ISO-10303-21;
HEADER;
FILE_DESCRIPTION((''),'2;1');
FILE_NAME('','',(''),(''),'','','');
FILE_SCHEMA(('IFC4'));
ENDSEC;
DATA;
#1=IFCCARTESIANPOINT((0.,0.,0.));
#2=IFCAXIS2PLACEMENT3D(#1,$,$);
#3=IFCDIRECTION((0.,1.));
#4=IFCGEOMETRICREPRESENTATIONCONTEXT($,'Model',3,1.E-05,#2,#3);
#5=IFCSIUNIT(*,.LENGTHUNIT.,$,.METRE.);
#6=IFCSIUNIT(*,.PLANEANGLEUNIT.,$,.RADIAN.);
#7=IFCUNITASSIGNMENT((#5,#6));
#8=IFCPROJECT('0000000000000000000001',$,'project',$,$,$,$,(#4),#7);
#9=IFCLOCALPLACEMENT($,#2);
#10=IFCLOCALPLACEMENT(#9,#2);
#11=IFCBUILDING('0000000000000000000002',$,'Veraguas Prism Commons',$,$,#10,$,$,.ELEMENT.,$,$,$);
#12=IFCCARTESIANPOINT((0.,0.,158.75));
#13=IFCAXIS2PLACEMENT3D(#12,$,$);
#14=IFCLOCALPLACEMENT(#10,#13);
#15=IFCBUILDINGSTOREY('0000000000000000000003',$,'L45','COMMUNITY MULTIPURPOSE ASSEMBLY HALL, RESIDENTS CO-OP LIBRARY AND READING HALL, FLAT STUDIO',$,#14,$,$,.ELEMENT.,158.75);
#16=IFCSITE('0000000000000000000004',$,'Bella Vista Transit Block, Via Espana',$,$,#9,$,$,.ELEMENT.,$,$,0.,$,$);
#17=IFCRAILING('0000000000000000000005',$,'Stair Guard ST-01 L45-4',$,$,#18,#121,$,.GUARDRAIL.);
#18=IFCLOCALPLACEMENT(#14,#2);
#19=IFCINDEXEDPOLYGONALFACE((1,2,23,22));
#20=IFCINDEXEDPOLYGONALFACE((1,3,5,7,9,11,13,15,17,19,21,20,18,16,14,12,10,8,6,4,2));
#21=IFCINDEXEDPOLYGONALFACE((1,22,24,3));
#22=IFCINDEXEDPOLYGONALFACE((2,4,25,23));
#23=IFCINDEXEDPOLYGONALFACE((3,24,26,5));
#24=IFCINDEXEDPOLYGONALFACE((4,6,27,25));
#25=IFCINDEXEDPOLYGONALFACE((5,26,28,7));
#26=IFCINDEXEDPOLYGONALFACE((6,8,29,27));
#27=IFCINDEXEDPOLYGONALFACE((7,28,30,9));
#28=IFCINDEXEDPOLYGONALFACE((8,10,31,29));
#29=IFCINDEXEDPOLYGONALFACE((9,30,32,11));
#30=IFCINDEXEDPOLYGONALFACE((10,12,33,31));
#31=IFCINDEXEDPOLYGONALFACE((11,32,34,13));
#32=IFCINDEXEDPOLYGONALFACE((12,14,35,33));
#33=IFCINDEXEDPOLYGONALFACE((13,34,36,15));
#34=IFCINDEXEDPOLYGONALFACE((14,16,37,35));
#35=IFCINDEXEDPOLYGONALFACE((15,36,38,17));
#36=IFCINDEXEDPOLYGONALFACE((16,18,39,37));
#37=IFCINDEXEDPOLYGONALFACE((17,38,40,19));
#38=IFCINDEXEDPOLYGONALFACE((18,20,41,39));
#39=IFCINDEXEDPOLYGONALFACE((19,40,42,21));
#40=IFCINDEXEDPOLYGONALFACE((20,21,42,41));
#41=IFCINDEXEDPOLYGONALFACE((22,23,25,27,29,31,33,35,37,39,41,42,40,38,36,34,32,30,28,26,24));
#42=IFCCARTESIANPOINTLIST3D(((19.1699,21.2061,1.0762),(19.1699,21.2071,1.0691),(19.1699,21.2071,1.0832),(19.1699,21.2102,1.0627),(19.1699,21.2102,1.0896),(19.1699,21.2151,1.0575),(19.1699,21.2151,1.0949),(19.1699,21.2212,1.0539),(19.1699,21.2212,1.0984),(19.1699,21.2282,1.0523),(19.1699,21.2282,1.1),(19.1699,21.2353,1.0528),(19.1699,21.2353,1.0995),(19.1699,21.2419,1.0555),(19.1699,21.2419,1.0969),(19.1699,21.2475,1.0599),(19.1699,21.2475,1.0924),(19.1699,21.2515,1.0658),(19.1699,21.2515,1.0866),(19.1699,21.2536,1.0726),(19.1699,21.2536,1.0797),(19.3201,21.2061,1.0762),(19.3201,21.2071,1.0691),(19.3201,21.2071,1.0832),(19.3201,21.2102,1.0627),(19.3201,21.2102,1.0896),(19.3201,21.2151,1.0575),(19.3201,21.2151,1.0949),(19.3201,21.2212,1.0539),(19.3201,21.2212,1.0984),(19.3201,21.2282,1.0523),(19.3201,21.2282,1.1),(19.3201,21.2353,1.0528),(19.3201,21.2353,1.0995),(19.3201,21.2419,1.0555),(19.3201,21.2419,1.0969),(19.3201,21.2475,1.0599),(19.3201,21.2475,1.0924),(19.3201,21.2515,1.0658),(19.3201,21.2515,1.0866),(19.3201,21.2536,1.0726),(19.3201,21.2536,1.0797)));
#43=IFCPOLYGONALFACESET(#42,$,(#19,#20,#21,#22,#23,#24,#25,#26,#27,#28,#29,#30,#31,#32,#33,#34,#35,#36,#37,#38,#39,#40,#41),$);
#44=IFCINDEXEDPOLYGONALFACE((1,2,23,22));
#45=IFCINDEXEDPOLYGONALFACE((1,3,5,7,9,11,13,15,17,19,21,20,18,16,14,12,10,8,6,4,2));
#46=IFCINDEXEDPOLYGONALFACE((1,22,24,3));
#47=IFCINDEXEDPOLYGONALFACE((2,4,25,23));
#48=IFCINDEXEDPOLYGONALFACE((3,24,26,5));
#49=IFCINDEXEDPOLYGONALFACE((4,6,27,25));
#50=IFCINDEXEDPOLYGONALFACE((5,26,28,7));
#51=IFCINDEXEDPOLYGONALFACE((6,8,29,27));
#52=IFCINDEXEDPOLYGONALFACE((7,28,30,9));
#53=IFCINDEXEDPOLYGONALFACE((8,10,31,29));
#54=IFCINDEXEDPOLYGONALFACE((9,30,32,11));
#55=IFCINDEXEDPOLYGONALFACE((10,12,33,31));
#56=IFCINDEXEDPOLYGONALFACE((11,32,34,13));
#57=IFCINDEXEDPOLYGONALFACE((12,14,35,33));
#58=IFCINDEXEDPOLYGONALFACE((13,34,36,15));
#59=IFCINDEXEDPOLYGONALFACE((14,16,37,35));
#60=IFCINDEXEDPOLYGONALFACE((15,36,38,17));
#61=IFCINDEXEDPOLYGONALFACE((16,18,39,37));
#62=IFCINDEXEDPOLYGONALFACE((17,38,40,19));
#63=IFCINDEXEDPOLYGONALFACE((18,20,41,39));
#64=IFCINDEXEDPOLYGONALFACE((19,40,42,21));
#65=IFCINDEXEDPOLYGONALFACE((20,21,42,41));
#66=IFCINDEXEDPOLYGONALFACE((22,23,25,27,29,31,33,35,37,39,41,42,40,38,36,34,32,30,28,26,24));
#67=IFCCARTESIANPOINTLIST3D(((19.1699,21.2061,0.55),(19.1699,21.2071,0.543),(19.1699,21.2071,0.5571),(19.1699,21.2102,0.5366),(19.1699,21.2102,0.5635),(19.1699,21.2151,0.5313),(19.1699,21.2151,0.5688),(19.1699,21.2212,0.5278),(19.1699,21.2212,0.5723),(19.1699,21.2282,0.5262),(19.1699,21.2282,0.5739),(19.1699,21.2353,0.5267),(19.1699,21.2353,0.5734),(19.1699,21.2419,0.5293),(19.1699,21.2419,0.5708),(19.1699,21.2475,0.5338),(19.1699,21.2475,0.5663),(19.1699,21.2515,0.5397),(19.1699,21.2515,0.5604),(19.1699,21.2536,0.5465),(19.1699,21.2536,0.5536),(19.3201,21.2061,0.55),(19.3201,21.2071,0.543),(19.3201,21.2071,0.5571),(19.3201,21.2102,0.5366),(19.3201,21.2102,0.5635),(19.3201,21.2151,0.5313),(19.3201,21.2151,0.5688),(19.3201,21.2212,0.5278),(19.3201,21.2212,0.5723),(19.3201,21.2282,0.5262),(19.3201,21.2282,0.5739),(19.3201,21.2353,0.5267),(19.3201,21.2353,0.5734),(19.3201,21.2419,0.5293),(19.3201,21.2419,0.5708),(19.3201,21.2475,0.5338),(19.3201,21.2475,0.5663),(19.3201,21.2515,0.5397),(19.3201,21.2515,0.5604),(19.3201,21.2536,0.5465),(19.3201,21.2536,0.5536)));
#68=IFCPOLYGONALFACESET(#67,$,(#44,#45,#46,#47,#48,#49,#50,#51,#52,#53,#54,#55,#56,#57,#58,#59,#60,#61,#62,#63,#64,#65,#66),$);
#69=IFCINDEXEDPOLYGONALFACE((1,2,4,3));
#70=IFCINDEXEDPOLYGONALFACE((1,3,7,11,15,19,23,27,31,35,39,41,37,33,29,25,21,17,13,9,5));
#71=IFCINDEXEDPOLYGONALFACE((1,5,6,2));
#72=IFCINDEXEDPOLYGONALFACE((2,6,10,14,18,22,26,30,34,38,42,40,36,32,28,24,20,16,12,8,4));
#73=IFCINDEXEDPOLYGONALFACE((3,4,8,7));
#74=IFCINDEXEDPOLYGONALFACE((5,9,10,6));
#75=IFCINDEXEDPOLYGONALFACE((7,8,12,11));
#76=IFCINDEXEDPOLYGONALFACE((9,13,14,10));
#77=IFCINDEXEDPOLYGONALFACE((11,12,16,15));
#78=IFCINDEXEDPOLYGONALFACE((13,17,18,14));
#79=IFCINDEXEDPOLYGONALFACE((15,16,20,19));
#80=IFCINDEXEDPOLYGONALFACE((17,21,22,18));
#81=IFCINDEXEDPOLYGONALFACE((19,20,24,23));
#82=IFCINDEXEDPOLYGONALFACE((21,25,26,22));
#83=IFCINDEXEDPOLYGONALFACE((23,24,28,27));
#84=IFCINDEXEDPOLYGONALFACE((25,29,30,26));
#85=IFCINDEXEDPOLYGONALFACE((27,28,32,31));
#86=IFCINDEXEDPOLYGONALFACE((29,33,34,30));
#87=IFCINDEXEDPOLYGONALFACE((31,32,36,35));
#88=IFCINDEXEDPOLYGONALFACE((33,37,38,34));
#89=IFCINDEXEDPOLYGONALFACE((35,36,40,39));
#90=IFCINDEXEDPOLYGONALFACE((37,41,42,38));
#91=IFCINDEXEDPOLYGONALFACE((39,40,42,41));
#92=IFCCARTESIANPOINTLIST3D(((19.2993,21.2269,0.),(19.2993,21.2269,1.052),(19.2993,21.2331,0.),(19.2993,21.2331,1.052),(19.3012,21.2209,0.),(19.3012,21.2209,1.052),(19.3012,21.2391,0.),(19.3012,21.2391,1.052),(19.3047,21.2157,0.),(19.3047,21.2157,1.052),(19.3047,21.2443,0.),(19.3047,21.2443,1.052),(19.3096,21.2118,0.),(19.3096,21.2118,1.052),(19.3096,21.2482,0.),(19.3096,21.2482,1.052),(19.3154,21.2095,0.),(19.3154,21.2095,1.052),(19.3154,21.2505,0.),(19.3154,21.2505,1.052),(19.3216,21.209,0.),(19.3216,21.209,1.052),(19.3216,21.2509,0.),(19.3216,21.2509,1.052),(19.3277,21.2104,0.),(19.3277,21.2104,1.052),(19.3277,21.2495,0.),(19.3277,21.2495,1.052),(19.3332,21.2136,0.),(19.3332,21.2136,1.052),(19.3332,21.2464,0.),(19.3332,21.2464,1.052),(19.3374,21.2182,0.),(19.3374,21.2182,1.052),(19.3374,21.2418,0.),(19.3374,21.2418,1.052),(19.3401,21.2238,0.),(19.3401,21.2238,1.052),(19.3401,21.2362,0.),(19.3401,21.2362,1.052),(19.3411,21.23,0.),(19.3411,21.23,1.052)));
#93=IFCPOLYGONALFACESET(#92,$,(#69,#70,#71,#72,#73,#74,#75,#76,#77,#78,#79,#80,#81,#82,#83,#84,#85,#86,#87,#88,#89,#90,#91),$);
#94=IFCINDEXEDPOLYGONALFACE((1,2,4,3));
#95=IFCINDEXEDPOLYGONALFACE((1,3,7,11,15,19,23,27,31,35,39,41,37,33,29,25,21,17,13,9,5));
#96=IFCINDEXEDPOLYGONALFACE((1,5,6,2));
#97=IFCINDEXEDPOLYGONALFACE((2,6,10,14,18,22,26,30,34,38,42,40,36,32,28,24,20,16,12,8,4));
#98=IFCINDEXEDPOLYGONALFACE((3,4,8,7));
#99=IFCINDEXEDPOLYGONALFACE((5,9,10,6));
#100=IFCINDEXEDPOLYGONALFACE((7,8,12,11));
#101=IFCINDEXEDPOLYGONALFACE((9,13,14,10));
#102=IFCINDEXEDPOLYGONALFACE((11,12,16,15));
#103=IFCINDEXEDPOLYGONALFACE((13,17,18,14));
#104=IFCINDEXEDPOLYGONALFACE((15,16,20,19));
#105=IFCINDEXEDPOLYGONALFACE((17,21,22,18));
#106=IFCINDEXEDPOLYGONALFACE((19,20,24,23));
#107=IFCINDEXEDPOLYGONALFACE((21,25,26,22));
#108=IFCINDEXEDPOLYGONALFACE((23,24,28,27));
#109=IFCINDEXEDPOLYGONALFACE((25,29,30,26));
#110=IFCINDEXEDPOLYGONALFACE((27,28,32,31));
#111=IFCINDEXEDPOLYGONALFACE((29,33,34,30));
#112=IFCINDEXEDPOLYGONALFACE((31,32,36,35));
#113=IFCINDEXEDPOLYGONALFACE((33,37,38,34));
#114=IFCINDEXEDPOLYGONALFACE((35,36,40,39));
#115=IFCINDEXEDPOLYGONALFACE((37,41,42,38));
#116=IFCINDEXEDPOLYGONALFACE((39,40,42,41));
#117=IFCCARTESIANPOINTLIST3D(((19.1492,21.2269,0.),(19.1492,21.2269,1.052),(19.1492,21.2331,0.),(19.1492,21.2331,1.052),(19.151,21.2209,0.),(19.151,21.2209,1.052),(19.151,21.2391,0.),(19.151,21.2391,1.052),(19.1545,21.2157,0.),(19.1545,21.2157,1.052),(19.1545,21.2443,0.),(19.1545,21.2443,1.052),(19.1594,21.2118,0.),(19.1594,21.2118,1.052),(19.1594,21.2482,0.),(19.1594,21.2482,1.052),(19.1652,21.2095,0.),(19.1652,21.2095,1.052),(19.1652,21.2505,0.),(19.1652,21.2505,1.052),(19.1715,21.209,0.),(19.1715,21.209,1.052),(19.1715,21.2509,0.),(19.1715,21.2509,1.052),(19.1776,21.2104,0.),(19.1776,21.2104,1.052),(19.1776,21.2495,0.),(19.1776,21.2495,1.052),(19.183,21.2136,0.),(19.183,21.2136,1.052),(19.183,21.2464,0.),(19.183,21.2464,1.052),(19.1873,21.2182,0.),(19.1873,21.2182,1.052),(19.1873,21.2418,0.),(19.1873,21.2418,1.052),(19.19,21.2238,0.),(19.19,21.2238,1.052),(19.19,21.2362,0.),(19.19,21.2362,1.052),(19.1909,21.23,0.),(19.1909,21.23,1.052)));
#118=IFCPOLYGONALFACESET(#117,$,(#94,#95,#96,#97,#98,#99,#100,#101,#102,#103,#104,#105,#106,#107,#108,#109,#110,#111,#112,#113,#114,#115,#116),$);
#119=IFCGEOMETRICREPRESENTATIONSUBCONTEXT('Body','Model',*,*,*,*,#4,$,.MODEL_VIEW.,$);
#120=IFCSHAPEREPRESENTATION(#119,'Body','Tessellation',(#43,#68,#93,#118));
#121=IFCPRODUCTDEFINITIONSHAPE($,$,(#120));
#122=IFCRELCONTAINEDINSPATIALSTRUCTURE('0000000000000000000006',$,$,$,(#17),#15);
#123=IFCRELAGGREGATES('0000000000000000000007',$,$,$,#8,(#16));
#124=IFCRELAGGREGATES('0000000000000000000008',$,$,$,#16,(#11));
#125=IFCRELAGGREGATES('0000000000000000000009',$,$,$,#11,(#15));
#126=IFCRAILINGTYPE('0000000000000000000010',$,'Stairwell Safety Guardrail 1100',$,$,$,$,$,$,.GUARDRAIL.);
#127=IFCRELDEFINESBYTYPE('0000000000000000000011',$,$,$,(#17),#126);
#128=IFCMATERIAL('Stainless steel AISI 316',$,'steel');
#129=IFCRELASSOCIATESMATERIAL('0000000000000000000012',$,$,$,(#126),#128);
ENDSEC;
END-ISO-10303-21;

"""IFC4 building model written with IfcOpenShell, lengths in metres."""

from ifc_helpers import new_model, si_unit, direction, frame, origin, origin_2d, place, context, subcontext, project, spatial, circle, extrude, material, type_object, element, save


model = new_model("IFC4")

# Units and contexts
model_context = context("Model", 3, precision=1e-05, world=origin(), true_north=direction((0.0, 1.0)))
body_context = subcontext(model_context, "Body", "Model", "MODEL_VIEW")
ifc_project = project(units=[si_unit("LENGTHUNIT", "METRE"), si_unit("PLANEANGLEUNIT", "RADIAN")], contexts=[model_context])

# Site, building, storey
site_placement = place(None, origin())
site = spatial("IfcSite", under=ifc_project, at=site_placement, Name="Bella Vista Transit Block, Via Espana", CompositionType="ELEMENT", RefElevation=0.0)
building_placement = place(site_placement, origin())
building = spatial("IfcBuilding", under=site, at=building_placement, Name="Veraguas Prism Commons", CompositionType="ELEMENT")
storey_placement = place(building_placement, frame((0.0, 0.0, 158.75)))
storey = spatial("IfcBuildingStorey", under=building, at=storey_placement, Name="L45", Description="COMMUNITY MULTIPURPOSE ASSEMBLY HALL, RESIDENTS CO-OP LIBRARY AND READING HALL, FLAT STUDIO", CompositionType="ELEMENT", Elevation=158.75)

# Railing
ifc_material_1 = material(Name="Stainless steel AISI 316", Category="steel")
railing_type_1 = type_object("IfcRailingType", Name="Stairwell Safety Guardrail 1100", PredefinedType="GUARDRAIL", material=ifc_material_1)
railing_1_placement = place(storey_placement, frame((19.3201, 21.23, 0.0)))
element("IfcRailing", 1, at=railing_1_placement, inside=storey, type_object=railing_type_1, Name="Stair Guard ST-01 L45-4", PredefinedType="GUARDRAIL", context=body_context, shape_type="SweptSolid", body=[
    extrude(circle(Radius=0.0239, at=origin_2d()), frame((0.0, 0.0, 1.0762), z_axis=(-1.0, 0.0, 0.0), x_axis=(0.0, -1.0, 0.0)), (0.0, 0.0, 1.0), 0.1501),
    extrude(circle(Radius=0.0239, at=origin_2d()), frame((0.0, 0.0, 0.55), z_axis=(-1.0, 0.0, 0.0), x_axis=(0.0, -1.0, 0.0)), (0.0, 0.0, 1.0), 0.1501),
    extrude(circle(Radius=0.021, at=origin_2d()), origin(), (0.0, 0.0, 1.0), 1.052),
    extrude(circle(Radius=0.021, at=origin_2d()), frame((-0.1501, 0.0, 0.0)), (0.0, 0.0, 1.0), 1.052),
])

save(model, "model.ifc")
